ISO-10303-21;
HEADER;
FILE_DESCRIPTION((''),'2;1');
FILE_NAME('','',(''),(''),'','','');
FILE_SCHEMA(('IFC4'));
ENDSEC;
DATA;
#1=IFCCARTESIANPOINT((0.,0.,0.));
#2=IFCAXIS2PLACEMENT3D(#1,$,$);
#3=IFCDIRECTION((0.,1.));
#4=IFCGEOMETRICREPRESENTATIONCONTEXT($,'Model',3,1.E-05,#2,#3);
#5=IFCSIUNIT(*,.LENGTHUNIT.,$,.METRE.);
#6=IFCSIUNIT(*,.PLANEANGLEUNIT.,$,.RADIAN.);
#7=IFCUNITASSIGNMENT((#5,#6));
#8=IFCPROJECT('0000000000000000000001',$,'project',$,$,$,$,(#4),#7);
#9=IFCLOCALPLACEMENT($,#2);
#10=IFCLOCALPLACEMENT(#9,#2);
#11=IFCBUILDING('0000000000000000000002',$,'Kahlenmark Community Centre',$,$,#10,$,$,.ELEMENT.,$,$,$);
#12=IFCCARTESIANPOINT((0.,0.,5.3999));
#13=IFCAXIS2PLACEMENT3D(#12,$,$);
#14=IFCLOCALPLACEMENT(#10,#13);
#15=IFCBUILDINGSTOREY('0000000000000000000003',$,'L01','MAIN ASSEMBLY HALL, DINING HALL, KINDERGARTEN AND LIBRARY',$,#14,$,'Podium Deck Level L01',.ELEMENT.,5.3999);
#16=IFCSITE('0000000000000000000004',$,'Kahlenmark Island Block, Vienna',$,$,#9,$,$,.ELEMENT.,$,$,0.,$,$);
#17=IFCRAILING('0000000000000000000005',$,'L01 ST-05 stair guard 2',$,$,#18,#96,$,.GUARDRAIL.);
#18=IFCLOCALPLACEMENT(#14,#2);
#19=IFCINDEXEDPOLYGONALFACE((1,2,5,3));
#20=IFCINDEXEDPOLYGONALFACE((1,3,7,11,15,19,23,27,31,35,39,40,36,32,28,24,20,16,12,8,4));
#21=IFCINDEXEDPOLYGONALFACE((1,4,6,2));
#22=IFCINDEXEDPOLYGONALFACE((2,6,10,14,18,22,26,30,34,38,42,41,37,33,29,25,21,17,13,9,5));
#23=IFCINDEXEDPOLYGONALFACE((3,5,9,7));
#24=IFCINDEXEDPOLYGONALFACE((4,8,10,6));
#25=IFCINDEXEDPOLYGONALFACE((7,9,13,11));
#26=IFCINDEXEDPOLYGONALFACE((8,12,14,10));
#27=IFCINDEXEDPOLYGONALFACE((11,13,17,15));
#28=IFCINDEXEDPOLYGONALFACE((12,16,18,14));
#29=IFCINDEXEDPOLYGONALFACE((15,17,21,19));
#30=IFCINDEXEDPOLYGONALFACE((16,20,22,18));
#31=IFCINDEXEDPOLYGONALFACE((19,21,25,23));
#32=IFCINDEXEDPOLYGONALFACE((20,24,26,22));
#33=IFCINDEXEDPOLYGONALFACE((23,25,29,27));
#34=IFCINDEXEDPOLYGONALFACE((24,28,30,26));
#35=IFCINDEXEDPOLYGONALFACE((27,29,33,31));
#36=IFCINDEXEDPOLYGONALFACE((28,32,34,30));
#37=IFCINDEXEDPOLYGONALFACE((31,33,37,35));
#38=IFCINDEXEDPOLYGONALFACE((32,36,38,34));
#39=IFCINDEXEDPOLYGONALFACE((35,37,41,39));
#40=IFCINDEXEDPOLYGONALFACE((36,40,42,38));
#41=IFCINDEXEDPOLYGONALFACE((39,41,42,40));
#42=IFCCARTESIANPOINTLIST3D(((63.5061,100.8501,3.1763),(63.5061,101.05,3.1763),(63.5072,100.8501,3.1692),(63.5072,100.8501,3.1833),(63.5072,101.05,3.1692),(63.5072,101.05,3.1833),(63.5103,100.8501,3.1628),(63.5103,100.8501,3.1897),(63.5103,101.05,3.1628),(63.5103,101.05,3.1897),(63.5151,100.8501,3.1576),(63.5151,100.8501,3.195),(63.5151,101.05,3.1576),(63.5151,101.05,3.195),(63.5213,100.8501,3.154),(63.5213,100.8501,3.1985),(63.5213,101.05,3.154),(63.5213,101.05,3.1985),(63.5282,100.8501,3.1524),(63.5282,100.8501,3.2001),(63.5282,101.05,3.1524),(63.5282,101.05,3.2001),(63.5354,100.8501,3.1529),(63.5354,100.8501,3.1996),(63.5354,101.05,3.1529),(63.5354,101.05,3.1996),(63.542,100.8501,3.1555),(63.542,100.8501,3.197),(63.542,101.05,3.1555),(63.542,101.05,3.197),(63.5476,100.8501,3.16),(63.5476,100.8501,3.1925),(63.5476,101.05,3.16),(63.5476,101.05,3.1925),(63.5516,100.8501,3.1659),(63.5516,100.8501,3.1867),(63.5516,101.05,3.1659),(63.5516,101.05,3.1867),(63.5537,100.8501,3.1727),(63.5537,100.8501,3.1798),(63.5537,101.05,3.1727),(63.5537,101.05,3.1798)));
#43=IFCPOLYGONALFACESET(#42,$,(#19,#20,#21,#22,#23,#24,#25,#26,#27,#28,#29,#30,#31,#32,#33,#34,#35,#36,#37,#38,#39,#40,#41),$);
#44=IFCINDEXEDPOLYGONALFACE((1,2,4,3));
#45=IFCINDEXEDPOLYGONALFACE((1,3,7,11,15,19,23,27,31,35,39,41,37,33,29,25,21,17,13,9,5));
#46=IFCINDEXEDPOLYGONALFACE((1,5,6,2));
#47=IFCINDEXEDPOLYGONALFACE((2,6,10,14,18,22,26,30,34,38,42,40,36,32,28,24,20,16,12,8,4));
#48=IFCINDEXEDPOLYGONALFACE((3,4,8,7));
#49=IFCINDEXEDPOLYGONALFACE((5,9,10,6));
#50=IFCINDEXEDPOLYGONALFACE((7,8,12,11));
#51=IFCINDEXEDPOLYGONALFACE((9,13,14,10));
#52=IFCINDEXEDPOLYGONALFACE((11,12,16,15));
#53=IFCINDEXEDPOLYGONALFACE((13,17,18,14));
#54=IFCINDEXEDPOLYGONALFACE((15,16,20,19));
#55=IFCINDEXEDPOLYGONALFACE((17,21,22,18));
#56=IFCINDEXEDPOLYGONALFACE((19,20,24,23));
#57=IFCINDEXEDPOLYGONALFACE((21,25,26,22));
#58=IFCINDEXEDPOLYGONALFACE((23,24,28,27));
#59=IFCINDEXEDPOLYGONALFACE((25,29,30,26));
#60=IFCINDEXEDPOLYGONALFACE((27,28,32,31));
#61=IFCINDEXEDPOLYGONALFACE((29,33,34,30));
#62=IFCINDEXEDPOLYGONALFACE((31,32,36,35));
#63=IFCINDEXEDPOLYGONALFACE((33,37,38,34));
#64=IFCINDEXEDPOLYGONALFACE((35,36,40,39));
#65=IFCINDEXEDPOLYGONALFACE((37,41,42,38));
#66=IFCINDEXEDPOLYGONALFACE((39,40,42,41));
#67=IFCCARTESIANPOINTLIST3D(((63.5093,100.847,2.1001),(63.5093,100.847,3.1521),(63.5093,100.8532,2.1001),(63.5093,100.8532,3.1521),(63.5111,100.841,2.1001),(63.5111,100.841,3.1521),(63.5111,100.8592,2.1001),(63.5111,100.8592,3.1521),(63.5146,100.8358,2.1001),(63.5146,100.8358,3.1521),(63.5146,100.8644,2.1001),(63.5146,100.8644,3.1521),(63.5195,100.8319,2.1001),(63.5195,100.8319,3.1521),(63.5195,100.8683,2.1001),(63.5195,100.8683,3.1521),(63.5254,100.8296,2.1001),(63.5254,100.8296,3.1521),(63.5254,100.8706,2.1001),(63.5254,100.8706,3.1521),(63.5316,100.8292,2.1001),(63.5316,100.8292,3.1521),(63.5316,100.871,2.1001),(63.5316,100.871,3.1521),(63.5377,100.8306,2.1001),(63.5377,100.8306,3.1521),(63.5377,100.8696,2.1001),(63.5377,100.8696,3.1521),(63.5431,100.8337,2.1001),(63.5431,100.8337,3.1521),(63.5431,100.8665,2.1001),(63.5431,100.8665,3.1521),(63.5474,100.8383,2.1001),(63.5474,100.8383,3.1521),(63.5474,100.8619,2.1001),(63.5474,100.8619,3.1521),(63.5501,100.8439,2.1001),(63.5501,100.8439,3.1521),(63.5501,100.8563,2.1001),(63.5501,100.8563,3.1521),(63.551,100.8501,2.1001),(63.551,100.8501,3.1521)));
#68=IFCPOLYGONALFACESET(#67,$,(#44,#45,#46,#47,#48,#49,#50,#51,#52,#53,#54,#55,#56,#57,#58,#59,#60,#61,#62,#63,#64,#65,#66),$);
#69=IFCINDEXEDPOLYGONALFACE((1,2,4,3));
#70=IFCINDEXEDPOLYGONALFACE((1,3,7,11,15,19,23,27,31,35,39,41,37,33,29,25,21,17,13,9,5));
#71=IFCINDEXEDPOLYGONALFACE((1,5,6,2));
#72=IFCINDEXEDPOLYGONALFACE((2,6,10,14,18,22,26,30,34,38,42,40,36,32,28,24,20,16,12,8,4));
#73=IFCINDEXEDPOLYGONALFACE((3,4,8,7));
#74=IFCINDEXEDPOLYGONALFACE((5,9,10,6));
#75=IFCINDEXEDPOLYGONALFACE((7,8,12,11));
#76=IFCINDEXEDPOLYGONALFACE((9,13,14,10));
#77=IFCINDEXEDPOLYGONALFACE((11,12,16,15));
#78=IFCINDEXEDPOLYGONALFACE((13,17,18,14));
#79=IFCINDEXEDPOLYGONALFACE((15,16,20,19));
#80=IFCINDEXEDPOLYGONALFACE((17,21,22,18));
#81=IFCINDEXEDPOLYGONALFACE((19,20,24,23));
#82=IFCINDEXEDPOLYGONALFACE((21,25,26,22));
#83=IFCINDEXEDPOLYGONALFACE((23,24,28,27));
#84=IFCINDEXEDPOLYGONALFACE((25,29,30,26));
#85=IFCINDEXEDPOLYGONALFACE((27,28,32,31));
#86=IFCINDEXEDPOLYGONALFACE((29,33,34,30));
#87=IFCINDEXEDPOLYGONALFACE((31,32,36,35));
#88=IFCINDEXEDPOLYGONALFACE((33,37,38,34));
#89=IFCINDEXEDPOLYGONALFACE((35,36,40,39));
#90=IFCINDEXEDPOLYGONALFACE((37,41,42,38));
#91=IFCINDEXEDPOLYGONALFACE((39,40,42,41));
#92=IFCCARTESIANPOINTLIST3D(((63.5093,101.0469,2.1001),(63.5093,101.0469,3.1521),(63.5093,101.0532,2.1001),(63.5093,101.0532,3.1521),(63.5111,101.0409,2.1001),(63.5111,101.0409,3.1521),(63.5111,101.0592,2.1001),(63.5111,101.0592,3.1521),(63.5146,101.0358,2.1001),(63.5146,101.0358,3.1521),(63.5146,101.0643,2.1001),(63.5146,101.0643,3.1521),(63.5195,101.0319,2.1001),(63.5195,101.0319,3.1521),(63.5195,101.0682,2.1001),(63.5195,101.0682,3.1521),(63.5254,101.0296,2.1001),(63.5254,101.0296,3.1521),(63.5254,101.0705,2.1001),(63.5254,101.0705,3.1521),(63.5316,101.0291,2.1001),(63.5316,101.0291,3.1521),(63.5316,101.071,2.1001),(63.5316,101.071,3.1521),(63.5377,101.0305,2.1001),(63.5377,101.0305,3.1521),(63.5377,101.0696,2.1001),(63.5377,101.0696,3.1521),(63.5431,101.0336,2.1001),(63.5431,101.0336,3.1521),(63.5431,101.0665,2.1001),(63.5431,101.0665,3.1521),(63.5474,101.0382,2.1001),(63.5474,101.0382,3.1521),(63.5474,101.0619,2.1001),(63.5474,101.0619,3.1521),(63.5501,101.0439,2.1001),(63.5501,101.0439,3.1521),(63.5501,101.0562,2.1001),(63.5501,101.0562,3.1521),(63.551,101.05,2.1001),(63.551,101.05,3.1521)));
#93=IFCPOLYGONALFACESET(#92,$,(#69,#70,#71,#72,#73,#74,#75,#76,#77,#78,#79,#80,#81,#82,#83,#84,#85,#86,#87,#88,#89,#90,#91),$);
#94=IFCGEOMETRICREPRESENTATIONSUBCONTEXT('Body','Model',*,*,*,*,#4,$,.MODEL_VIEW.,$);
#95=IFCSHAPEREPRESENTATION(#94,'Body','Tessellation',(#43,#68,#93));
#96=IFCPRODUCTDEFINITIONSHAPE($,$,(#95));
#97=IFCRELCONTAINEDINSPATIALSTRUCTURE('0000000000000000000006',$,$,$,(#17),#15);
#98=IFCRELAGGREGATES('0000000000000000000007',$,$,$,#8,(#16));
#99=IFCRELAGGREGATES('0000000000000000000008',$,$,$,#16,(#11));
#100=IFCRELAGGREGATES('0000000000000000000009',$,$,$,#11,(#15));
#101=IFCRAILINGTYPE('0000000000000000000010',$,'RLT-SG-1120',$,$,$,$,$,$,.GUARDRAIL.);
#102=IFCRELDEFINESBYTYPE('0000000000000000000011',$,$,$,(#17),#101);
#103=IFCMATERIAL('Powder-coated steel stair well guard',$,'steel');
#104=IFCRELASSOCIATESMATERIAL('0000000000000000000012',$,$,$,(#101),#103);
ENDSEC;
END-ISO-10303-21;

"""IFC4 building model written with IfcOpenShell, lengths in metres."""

from ifc_helpers import new_model, si_unit, direction, frame, origin, origin_2d, place, context, subcontext, project, spatial, circle, extrude, material, type_object, element, save


model = new_model("IFC4")

# Units and contexts
model_context = context("Model", 3, precision=1e-05, world=origin(), true_north=direction((0.0, 1.0)))
body_context = subcontext(model_context, "Body", "Model", "MODEL_VIEW")
ifc_project = project(units=[si_unit("LENGTHUNIT", "METRE"), si_unit("PLANEANGLEUNIT", "RADIAN")], contexts=[model_context])

# Site, building, storey
site_placement = place(None, origin())
site = spatial("IfcSite", under=ifc_project, at=site_placement, Name="Kahlenmark Island Block, Vienna", CompositionType="ELEMENT", RefElevation=0.0)
building_placement = place(site_placement, origin())
building = spatial("IfcBuilding", under=site, at=building_placement, Name="Kahlenmark Community Centre", CompositionType="ELEMENT")
storey_placement = place(building_placement, frame((0.0, 0.0, 5.3999)))
storey = spatial("IfcBuildingStorey", under=building, at=storey_placement, Name="L01", Description="MAIN ASSEMBLY HALL, DINING HALL, KINDERGARTEN AND LIBRARY", LongName="Podium Deck Level L01", CompositionType="ELEMENT", Elevation=5.3999)

# Railing
ifc_material_1 = material(Name="Powder-coated steel stair well guard", Category="steel")
railing_type_1 = type_object("IfcRailingType", Name="RLT-SG-1120", PredefinedType="GUARDRAIL", material=ifc_material_1)
railing_1_placement = place(storey_placement, frame((63.53, 100.8501, 2.1001)))
element("IfcRailing", 1, at=railing_1_placement, inside=storey, type_object=railing_type_1, Name="L01 ST-05 stair guard 2", PredefinedType="GUARDRAIL", context=body_context, shape_type="SweptSolid", body=[
    extrude(circle(Radius=0.0239, at=origin_2d()), frame((0.0, 0.0, 1.0762), z_axis=(0.0, 1.0, 0.0), x_axis=(-1.0, 0.0, 0.0)), (0.0, 0.0, 1.0), 0.2),
    extrude(circle(Radius=0.021, at=origin_2d()), origin(), (0.0, 0.0, 1.0), 1.052),
    extrude(circle(Radius=0.021, at=origin_2d()), frame((0.0, 0.2, 0.0)), (0.0, 0.0, 1.0), 1.052),
])

save(model, "model.ifc")
